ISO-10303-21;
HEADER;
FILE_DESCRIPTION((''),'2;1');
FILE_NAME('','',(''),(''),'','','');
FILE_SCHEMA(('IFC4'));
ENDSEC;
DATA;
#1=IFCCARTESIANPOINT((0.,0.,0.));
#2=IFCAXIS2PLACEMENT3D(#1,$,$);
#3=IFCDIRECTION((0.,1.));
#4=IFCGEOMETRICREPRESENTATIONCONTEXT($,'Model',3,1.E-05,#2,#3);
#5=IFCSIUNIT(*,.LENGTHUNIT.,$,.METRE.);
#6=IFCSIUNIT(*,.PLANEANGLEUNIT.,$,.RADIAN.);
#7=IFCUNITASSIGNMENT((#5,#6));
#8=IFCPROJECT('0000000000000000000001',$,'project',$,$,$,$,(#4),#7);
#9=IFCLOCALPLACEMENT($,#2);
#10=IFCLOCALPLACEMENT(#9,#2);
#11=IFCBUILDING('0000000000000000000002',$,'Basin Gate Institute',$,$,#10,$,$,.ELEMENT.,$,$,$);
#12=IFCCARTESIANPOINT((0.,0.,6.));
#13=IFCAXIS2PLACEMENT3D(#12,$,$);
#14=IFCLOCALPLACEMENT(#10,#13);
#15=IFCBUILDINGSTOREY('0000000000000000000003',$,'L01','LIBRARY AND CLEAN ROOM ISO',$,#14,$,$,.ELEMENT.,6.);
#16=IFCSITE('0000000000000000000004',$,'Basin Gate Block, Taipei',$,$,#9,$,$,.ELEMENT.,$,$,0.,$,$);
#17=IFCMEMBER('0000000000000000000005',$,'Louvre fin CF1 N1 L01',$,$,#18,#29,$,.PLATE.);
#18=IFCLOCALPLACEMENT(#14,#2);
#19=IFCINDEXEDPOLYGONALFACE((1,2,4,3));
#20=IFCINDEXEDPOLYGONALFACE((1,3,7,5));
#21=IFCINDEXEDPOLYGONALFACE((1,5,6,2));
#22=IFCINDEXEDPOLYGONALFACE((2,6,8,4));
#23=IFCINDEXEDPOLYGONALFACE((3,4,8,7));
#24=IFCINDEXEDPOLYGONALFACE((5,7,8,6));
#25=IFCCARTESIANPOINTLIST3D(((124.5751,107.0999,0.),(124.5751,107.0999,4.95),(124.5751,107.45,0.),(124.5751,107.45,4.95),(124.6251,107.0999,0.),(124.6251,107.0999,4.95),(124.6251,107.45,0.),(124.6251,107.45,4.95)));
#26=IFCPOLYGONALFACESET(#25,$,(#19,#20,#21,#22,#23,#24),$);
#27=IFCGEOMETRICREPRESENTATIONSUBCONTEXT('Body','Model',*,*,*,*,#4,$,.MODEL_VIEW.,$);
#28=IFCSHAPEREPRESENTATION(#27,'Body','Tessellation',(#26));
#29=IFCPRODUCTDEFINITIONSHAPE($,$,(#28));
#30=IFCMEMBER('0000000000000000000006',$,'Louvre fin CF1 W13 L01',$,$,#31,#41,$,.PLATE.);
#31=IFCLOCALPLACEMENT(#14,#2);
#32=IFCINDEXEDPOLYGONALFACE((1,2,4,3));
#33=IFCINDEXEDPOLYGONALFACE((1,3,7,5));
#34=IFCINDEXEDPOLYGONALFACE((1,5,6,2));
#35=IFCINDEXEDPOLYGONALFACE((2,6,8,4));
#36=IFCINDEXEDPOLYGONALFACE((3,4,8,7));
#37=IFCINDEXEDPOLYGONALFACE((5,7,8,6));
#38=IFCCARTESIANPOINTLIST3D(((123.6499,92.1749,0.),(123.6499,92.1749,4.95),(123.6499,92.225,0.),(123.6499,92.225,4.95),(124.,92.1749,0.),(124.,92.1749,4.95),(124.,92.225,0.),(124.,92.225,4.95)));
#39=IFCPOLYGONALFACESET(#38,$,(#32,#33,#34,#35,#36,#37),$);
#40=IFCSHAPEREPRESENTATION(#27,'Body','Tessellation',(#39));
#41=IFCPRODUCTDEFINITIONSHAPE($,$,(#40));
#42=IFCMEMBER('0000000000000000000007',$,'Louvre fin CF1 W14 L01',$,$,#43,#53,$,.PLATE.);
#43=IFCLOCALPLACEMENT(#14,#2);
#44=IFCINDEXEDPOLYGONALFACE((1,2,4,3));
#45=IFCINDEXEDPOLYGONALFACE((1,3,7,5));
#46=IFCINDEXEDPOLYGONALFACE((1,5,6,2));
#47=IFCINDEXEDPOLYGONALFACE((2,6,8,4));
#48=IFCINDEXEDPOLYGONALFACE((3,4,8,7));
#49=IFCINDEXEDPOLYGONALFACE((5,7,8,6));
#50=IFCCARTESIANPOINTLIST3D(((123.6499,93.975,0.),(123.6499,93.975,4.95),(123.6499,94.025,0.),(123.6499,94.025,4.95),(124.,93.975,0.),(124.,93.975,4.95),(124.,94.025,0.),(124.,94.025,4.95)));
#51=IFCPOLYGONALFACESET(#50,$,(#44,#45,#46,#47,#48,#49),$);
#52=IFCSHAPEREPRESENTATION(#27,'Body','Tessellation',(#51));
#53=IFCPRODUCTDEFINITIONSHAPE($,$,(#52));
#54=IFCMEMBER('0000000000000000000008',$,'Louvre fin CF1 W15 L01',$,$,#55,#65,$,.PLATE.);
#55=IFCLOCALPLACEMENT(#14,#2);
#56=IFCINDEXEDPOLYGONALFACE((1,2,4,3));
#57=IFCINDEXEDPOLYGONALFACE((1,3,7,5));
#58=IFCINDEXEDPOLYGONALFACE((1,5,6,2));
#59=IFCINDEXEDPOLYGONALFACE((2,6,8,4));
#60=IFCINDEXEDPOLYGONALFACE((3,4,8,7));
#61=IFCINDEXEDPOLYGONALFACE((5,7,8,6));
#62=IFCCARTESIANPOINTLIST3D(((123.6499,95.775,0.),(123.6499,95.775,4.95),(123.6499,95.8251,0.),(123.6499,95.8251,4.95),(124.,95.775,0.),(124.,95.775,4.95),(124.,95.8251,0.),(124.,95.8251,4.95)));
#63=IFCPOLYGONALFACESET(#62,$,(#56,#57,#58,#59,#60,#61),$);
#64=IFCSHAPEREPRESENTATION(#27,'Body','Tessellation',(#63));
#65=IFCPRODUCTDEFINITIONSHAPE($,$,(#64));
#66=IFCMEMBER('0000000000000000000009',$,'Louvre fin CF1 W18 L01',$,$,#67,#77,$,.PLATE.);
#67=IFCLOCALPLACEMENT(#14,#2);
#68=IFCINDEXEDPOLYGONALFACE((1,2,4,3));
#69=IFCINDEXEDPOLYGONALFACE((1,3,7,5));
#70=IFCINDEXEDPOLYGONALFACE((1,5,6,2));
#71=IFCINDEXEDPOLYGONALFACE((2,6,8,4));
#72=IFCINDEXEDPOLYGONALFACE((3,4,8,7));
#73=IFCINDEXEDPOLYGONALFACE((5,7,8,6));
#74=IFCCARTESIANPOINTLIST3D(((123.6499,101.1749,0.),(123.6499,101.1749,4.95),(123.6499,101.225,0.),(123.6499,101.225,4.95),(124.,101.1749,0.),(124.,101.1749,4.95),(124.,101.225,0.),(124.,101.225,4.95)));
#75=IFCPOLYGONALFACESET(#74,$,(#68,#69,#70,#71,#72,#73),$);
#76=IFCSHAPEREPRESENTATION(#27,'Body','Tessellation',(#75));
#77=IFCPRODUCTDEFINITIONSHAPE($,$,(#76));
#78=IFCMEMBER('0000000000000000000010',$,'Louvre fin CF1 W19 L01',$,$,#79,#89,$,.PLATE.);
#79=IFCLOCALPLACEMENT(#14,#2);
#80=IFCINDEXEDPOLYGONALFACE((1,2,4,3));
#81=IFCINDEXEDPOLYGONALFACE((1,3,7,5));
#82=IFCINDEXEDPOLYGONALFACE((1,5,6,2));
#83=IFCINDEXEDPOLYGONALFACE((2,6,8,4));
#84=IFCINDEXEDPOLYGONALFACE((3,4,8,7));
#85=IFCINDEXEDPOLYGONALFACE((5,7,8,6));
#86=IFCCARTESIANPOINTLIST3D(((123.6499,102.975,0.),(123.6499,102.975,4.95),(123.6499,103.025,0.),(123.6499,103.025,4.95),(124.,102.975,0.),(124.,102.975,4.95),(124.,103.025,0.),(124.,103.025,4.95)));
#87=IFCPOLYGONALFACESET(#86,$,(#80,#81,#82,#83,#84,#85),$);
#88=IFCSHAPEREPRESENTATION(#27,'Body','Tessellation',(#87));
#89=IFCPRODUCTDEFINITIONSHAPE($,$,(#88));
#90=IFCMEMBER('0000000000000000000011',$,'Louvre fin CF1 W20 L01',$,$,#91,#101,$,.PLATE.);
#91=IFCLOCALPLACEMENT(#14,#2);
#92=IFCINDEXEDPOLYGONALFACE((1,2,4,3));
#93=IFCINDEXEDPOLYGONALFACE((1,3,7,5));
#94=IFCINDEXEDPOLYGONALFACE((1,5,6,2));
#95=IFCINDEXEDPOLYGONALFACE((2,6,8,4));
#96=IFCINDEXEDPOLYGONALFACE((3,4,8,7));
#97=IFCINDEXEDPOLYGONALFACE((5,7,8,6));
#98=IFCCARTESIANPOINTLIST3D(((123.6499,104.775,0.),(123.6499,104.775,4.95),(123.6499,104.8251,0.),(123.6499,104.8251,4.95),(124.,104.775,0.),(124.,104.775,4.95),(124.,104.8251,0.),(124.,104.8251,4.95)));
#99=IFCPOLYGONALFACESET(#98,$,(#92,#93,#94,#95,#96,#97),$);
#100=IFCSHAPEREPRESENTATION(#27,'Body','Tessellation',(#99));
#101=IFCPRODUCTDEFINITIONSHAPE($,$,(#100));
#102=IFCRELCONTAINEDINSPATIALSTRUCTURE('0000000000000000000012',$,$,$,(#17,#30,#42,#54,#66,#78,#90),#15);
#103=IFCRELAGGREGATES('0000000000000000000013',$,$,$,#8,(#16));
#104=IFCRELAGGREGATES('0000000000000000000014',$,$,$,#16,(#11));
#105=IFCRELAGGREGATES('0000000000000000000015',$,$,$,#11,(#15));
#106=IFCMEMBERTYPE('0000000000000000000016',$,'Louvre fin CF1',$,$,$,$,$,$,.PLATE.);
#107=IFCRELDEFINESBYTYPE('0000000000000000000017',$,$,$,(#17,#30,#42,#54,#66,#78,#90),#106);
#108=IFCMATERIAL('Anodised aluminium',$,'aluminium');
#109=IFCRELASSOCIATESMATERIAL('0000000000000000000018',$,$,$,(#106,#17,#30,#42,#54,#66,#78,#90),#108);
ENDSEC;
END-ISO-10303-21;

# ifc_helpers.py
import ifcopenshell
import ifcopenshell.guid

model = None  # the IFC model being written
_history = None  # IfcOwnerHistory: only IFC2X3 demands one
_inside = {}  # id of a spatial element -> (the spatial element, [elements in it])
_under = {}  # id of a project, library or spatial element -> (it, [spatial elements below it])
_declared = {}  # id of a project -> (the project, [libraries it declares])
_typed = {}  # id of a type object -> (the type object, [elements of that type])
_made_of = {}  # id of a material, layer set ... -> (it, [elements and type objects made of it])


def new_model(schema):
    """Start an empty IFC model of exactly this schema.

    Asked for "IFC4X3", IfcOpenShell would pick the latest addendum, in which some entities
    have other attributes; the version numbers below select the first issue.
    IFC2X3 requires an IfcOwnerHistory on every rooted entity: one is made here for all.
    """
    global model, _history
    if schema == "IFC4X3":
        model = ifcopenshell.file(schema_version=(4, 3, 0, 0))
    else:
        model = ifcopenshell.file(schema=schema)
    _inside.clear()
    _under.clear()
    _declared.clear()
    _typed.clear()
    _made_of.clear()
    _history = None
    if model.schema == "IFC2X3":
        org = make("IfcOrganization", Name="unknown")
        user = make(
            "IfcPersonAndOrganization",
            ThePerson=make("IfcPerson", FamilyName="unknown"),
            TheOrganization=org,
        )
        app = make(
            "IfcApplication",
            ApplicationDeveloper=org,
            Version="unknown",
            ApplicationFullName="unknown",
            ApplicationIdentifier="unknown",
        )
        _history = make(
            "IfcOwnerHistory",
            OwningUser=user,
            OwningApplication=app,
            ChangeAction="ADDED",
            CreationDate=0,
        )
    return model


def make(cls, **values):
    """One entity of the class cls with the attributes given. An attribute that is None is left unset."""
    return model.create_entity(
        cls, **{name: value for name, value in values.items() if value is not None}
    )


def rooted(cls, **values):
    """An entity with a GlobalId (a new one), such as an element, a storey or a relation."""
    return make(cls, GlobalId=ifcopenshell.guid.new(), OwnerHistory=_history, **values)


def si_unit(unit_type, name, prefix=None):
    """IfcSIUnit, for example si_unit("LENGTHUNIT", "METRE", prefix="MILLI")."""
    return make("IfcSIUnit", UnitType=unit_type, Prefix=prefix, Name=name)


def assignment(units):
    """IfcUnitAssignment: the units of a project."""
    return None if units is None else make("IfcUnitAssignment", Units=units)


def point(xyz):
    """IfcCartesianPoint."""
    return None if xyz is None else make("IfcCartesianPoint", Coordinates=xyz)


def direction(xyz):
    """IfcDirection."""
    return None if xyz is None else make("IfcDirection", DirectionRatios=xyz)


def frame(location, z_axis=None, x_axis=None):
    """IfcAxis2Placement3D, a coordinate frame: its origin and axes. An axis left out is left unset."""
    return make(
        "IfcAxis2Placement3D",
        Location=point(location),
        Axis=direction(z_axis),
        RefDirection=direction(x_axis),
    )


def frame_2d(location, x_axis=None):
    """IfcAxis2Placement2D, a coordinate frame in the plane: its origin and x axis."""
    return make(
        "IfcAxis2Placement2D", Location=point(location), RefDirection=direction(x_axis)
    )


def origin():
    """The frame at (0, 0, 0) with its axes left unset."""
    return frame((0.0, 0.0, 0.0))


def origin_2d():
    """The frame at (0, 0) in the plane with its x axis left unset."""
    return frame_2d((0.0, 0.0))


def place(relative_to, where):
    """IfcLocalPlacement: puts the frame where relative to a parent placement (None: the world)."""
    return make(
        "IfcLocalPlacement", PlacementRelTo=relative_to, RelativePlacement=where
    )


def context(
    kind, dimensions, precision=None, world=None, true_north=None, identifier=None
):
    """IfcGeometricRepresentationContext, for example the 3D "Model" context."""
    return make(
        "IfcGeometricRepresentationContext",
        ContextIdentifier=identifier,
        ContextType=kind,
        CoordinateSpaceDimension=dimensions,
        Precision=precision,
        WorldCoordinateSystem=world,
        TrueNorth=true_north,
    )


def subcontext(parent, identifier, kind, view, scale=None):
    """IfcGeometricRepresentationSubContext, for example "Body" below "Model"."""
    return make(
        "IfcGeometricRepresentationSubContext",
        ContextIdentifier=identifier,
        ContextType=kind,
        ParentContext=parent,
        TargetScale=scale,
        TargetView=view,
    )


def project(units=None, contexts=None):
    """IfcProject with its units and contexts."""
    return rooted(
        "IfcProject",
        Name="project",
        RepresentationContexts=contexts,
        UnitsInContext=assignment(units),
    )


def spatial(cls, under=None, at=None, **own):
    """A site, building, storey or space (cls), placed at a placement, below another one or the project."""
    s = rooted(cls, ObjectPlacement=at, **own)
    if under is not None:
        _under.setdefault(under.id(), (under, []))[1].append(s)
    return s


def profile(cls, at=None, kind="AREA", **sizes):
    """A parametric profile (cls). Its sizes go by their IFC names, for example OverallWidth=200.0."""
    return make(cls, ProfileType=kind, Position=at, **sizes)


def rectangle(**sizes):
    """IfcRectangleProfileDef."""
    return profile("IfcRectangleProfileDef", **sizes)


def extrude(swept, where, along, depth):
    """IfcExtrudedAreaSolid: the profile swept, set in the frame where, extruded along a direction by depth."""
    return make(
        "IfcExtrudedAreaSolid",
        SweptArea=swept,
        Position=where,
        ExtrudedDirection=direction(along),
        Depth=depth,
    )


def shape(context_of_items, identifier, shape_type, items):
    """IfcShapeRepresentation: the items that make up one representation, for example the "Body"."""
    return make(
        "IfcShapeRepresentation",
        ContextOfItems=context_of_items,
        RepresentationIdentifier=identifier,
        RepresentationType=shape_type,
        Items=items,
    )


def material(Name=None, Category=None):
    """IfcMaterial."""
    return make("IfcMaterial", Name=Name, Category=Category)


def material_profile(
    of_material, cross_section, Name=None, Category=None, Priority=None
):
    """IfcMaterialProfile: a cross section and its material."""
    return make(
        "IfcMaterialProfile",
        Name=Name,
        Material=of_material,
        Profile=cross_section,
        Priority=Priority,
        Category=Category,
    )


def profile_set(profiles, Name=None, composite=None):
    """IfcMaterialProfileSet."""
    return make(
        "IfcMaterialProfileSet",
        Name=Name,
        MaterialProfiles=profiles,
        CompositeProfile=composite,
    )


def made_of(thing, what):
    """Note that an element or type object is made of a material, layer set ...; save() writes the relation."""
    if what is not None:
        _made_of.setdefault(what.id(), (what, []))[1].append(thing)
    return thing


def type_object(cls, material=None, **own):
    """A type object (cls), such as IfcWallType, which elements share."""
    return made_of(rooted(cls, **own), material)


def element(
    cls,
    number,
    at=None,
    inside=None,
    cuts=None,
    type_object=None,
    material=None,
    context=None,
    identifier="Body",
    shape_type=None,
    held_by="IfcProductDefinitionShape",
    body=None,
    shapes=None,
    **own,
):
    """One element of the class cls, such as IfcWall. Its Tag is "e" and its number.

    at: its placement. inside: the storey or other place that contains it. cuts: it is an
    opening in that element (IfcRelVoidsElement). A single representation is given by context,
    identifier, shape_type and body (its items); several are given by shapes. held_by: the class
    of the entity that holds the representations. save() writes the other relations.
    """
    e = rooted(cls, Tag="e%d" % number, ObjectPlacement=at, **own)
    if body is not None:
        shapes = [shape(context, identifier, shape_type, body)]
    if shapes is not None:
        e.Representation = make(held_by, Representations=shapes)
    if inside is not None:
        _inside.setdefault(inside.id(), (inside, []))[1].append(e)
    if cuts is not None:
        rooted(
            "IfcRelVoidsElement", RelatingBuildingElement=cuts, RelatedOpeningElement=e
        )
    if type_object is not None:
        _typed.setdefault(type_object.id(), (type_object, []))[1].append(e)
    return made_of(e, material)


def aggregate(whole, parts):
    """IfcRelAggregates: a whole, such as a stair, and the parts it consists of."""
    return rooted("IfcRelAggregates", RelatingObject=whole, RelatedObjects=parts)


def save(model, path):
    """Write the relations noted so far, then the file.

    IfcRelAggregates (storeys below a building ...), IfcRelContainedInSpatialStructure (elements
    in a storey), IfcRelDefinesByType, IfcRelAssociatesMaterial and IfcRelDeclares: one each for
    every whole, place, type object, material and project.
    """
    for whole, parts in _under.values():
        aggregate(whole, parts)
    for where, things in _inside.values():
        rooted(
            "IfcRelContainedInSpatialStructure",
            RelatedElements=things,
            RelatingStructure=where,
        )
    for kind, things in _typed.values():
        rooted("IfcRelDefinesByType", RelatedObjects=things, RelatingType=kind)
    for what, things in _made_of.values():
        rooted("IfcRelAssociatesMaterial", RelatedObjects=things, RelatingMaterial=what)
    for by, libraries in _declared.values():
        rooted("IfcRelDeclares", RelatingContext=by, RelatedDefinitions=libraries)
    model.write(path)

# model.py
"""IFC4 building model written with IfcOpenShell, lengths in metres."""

from ifc_helpers import new_model, si_unit, direction, frame, origin, origin_2d, place, context, subcontext, project, spatial, rectangle, extrude, material, material_profile, profile_set, type_object, element, save


model = new_model("IFC4")

# Units and contexts
model_context = context("Model", 3, precision=1e-05, world=origin(), true_north=direction((0.0, 1.0)))
body_context = subcontext(model_context, "Body", "Model", "MODEL_VIEW")
ifc_project = project(units=[si_unit("LENGTHUNIT", "METRE"), si_unit("PLANEANGLEUNIT", "RADIAN")], contexts=[model_context])

# Site, building, storey
site_placement = place(None, origin())
site = spatial("IfcSite", under=ifc_project, at=site_placement, Name="Basin Gate Block, Taipei", CompositionType="ELEMENT", RefElevation=0.0)
building_placement = place(site_placement, origin())
building = spatial("IfcBuilding", under=site, at=building_placement, Name="Basin Gate Institute", CompositionType="ELEMENT")
storey_placement = place(building_placement, frame((0.0, 0.0, 6.0)))
storey = spatial("IfcBuildingStorey", under=building, at=storey_placement, Name="L01", Description="LIBRARY AND CLEAN ROOM ISO", CompositionType="ELEMENT", Elevation=6.0)

# Members
ifc_material_1 = material(Name="Anodised aluminium", Category="aluminium")
ifc_material_profile = material_profile(ifc_material_1, rectangle(XDim=0.05, YDim=0.3501, at=origin_2d()), Name="Louvre fin CF1 50 x 350")
ifc_profile_set = profile_set([ifc_material_profile], Name="Anodised aluminium")
member_type = type_object("IfcMemberType", Name="Louvre fin CF1", PredefinedType="PLATE", material=ifc_profile_set)
for number, where, z_axis, x_axis, name in (
    (1, (124.6001, 107.2749, 0.0), (0.0, 0.0, 1.0), (1.0, 0.0, 0.0), "Louvre fin CF1 N1 L01"),
    (2, (123.825, 92.2, 0.0), (0.0, 0.0, 1.0), (0.0, 1.0, 0.0), "Louvre fin CF1 W13 L01"),
    (3, (123.825, 94.0, 0.0), (0.0, 0.0, 1.0), (0.0, 1.0, 0.0), "Louvre fin CF1 W14 L01"),
    (4, (123.825, 95.8, 0.0), (0.0, 0.0, 1.0), (0.0, 1.0, 0.0), "Louvre fin CF1 W15 L01"),
    (5, (123.825, 101.2, 0.0), (0.0, 0.0, 1.0), (0.0, 1.0, 0.0), "Louvre fin CF1 W18 L01"),
    (6, (123.825, 103.0, 0.0), (0.0, 0.0, 1.0), (0.0, 1.0, 0.0), "Louvre fin CF1 W19 L01"),
    (7, (123.825, 104.8, 0.0), (0.0, 0.0, 1.0), (0.0, 1.0, 0.0), "Louvre fin CF1 W20 L01"),
):
    element("IfcMember", number, at=place(storey_placement, frame(where, z_axis=z_axis, x_axis=x_axis)), inside=storey, type_object=member_type, material=ifc_profile_set, Name=name, PredefinedType="PLATE", context=body_context, shape_type="SweptSolid", body=[
        extrude(rectangle(XDim=0.05, YDim=0.3501, at=origin_2d()), origin(), (0.0, 0.0, 1.0), 4.95),
    ])

save(model, "model.ifc")
